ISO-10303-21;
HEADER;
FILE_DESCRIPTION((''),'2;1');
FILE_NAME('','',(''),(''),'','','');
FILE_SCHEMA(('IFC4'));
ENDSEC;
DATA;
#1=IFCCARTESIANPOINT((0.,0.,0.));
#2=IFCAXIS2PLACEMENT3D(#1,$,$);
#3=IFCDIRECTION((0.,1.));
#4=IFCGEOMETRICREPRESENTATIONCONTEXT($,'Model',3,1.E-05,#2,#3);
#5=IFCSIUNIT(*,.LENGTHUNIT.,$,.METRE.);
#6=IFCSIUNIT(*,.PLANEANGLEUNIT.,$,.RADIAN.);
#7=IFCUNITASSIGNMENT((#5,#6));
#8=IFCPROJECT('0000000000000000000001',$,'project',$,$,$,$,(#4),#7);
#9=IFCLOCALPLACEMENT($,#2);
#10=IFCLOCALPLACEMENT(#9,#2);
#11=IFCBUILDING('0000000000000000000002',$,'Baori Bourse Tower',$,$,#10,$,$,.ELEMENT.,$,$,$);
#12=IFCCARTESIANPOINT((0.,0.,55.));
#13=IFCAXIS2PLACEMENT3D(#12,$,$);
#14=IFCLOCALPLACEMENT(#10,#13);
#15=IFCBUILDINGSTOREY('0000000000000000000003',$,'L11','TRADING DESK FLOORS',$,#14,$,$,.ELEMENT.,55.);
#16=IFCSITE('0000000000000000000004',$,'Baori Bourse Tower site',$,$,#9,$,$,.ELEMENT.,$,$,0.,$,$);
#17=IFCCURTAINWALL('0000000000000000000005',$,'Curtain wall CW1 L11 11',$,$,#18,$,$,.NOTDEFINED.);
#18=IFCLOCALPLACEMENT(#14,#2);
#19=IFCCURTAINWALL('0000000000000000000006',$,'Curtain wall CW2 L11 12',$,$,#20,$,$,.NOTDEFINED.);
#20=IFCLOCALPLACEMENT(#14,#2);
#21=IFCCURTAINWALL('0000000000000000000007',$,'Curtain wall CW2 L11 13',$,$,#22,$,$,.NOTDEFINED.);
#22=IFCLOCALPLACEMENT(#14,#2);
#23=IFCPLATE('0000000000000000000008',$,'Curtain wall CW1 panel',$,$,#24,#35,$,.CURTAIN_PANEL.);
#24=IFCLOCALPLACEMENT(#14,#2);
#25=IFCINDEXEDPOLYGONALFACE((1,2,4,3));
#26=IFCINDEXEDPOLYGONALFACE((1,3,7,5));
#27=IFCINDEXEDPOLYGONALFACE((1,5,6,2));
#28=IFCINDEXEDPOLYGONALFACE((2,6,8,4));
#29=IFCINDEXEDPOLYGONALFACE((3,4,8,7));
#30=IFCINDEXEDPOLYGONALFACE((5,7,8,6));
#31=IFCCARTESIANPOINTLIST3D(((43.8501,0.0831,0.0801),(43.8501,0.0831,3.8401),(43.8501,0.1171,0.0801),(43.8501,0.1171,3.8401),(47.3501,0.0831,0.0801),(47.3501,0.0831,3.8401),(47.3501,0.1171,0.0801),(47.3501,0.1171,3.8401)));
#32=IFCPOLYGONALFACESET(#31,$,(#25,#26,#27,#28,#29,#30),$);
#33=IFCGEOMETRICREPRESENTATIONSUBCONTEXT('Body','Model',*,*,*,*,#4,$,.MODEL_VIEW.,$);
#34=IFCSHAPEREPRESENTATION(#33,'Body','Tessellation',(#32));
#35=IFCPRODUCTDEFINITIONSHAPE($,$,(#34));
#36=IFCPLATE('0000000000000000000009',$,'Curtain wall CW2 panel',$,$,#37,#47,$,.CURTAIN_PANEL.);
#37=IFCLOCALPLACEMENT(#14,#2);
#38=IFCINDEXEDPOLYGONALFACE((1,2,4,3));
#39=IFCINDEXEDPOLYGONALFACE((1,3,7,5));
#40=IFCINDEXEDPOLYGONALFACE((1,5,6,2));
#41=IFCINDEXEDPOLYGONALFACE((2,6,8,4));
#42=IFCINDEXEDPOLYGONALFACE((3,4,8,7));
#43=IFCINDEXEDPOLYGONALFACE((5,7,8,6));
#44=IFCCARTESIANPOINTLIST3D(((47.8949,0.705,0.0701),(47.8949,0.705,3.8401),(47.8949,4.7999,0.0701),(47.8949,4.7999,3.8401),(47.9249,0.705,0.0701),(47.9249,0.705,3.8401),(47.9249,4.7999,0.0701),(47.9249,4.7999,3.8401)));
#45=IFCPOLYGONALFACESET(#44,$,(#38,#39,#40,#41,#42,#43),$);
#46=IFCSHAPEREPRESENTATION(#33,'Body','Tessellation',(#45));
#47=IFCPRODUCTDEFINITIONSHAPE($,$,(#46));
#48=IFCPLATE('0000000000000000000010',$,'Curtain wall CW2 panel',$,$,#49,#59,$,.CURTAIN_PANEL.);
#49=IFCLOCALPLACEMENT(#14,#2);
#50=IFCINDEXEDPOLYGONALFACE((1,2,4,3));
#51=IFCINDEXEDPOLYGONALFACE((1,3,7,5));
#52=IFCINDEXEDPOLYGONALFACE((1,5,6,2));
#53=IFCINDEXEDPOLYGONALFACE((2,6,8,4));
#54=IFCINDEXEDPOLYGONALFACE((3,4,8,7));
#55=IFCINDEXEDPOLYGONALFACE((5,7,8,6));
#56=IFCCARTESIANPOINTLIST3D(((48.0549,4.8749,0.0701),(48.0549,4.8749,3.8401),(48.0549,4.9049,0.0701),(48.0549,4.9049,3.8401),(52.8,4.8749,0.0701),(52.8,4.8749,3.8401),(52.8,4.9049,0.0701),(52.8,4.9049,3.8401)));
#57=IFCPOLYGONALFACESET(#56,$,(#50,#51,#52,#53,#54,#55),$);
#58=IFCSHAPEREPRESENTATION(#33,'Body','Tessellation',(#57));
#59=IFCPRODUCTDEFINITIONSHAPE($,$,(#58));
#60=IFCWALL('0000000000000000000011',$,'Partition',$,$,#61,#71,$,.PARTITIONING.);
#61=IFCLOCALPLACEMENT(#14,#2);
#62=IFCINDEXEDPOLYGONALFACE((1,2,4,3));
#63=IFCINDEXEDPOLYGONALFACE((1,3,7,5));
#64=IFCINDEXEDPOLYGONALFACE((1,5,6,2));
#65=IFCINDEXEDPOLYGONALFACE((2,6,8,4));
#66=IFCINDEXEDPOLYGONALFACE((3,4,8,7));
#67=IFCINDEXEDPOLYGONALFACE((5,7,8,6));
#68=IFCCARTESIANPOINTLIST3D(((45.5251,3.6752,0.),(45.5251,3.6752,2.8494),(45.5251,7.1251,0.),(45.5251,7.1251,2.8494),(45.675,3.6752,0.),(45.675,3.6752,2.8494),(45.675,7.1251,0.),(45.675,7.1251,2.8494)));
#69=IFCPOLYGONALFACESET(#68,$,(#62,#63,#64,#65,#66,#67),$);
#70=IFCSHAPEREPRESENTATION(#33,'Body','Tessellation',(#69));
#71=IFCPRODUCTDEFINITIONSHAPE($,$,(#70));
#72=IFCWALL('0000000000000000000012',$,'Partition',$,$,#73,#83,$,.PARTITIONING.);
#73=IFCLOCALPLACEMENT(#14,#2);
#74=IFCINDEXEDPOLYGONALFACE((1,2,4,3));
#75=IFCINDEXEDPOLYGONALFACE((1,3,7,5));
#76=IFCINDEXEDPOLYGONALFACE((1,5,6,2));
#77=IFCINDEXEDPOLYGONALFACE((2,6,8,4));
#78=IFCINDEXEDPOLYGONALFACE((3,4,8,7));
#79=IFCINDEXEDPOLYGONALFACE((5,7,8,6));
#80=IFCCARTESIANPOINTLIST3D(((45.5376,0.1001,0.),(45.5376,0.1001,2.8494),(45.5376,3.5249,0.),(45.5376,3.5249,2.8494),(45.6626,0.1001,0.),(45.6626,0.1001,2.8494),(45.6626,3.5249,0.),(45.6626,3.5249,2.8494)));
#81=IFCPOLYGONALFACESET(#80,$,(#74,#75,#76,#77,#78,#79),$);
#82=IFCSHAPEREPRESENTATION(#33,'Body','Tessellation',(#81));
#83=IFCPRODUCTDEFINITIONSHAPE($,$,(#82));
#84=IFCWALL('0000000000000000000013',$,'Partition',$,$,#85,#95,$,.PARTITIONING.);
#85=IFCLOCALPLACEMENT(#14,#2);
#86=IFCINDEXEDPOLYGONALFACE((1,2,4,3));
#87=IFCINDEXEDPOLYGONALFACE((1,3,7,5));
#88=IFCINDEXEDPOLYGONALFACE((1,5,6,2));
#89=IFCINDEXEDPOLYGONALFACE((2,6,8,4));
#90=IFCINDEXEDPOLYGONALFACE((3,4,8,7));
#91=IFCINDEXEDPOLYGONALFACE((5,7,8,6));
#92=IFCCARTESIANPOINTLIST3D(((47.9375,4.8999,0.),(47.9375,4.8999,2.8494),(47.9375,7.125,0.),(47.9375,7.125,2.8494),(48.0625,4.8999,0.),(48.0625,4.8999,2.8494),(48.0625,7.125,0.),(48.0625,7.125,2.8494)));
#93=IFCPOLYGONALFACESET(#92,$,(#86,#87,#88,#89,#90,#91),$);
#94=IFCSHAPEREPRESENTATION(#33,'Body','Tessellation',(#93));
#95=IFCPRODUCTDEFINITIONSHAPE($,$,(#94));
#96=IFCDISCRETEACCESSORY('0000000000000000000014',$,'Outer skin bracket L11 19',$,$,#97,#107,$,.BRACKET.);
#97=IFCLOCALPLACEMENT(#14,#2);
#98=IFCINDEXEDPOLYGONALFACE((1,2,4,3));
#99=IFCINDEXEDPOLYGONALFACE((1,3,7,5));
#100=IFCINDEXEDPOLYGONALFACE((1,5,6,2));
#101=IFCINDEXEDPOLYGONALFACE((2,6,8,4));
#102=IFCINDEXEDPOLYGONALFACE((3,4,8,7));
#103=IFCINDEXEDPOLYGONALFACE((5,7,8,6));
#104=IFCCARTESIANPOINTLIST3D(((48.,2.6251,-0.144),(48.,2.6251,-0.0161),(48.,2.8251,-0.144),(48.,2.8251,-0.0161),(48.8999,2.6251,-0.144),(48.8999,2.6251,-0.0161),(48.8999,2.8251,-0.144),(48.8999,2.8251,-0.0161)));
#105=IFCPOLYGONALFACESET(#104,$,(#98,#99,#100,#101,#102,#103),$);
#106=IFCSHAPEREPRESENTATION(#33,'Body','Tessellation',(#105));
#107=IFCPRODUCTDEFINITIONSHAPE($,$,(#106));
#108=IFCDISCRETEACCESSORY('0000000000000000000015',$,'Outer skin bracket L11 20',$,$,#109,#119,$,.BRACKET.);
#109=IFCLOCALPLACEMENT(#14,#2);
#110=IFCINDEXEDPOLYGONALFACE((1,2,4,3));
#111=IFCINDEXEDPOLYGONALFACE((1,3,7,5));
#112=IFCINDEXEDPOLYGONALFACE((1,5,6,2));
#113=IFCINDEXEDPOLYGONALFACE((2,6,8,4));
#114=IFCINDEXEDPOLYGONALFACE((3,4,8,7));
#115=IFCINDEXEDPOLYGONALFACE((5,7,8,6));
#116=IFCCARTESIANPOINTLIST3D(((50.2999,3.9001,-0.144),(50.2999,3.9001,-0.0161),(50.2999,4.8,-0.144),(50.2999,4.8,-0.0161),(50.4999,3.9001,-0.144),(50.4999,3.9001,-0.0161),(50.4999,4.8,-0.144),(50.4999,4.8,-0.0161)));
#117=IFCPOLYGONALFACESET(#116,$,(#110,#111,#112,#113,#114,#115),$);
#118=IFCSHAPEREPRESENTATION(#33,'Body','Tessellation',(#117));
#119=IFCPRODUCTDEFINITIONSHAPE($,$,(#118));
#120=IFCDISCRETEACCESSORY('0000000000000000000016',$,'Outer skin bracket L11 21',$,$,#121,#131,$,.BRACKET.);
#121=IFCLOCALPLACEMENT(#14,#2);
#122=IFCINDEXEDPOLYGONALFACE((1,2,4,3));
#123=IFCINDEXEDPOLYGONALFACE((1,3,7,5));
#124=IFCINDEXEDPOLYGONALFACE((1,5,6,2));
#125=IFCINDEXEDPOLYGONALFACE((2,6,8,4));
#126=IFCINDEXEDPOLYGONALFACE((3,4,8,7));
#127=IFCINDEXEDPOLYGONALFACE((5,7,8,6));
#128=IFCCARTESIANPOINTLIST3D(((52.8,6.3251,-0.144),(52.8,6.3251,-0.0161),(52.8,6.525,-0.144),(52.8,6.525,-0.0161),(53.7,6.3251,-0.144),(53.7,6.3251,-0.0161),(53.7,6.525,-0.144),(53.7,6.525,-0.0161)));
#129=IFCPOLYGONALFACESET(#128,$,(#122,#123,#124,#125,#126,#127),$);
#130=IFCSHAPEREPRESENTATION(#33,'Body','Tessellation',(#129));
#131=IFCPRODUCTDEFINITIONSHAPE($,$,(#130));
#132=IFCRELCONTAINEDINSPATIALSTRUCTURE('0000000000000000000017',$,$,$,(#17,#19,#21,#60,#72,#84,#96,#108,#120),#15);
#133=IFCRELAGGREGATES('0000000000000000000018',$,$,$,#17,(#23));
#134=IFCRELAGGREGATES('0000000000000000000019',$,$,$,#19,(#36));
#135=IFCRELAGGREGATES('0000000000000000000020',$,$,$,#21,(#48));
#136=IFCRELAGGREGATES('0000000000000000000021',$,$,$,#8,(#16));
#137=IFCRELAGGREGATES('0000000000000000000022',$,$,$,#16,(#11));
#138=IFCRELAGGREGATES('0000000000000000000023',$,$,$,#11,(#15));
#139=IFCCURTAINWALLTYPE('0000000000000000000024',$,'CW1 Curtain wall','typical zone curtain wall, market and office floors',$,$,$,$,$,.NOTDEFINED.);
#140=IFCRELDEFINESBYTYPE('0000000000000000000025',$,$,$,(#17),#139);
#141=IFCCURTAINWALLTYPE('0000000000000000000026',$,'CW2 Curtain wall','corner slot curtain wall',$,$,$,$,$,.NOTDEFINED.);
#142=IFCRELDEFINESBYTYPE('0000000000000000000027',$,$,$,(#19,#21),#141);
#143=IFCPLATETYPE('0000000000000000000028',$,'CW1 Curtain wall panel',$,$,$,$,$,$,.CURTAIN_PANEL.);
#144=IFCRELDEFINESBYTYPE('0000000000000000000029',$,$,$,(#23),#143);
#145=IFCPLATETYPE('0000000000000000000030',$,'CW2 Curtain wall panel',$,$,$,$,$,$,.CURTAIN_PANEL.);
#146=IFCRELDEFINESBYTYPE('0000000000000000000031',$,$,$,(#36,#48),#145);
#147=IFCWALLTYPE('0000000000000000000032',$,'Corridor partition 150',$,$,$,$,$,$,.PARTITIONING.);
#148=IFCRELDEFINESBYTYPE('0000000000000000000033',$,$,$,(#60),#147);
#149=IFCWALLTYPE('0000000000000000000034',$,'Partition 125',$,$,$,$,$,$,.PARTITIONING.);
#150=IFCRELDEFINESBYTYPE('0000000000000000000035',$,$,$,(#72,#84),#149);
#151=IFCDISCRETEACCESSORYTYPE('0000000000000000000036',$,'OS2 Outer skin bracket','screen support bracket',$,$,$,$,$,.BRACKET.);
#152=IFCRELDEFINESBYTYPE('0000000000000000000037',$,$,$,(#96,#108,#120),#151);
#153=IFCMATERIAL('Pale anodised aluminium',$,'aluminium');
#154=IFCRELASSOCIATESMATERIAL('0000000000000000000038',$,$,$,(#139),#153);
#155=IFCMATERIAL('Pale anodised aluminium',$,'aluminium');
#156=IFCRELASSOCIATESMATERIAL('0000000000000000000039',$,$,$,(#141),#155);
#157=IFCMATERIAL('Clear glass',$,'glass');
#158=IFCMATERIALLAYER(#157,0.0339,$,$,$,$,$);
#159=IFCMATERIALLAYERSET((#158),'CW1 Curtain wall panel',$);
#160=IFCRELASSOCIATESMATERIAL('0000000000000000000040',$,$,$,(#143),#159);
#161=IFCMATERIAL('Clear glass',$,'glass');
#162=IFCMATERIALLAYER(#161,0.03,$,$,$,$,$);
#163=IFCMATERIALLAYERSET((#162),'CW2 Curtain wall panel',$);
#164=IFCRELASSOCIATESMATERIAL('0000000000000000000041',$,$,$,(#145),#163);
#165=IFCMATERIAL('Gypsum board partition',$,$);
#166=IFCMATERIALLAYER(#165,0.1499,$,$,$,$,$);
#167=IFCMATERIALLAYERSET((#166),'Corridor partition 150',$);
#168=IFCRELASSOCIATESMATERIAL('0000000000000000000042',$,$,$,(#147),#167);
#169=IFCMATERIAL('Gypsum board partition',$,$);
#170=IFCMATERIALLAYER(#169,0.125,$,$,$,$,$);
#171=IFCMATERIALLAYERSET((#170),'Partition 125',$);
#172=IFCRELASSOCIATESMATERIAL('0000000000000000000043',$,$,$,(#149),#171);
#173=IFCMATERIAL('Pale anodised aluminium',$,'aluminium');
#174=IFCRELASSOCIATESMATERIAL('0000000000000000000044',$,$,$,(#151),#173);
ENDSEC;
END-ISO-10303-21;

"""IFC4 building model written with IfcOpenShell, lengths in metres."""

from ifc_helpers import new_model, si_unit, direction, frame, frame_2d, origin, origin_2d, place, context, subcontext, project, spatial, rectangle, extrude, material, layer, layer_set, type_object, element, aggregate, save


model = new_model("IFC4")

# Units and contexts
model_context = context("Model", 3, precision=1e-05, world=origin(), true_north=direction((0.0, 1.0)))
body_context = subcontext(model_context, "Body", "Model", "MODEL_VIEW")
ifc_project = project(units=[si_unit("LENGTHUNIT", "METRE"), si_unit("PLANEANGLEUNIT", "RADIAN")], contexts=[model_context])

# Site, building, storey
site_placement = place(None, origin())
site = spatial("IfcSite", under=ifc_project, at=site_placement, Name="Baori Bourse Tower site", CompositionType="ELEMENT", RefElevation=0.0)
building_placement = place(site_placement, origin())
building = spatial("IfcBuilding", under=site, at=building_placement, Name="Baori Bourse Tower", CompositionType="ELEMENT")
storey_placement = place(building_placement, frame((0.0, 0.0, 55.0)))
storey = spatial("IfcBuildingStorey", under=building, at=storey_placement, Name="L11", Description="TRADING DESK FLOORS", CompositionType="ELEMENT", Elevation=55.0)

# Curtain walls
ifc_material_1 = material(Name="Pale anodised aluminium", Category="aluminium")
curtain_wall_type_1 = type_object("IfcCurtainWallType", Name="CW1 Curtain wall", Description="typical zone curtain wall, market and office floors", PredefinedType="NOTDEFINED", material=ifc_material_1)
curtain_wall_1_placement = place(storey_placement, origin())
curtain_wall_1 = element("IfcCurtainWall", 1, at=curtain_wall_1_placement, inside=storey, type_object=curtain_wall_type_1, Name="Curtain wall CW1 L11 11", PredefinedType="NOTDEFINED")
ifc_material_2 = material(Name="Pale anodised aluminium", Category="aluminium")
curtain_wall_type_2 = type_object("IfcCurtainWallType", Name="CW2 Curtain wall", Description="corner slot curtain wall", PredefinedType="NOTDEFINED", material=ifc_material_2)
curtain_wall_2_placement = place(storey_placement, origin())
curtain_wall_2 = element("IfcCurtainWall", 2, at=curtain_wall_2_placement, inside=storey, type_object=curtain_wall_type_2, Name="Curtain wall CW2 L11 12", PredefinedType="NOTDEFINED")
curtain_wall_3_placement = place(storey_placement, origin())
curtain_wall_3 = element("IfcCurtainWall", 3, at=curtain_wall_3_placement, inside=storey, type_object=curtain_wall_type_2, Name="Curtain wall CW2 L11 13", PredefinedType="NOTDEFINED")

# Plates
ifc_material_3 = material(Name="Clear glass", Category="glass")
ifc_layer_1 = layer(ifc_material_3, 0.0339)
ifc_layer_set_1 = layer_set([ifc_layer_1], Name="CW1 Curtain wall panel")
plate_type_1 = type_object("IfcPlateType", Name="CW1 Curtain wall panel", PredefinedType="CURTAIN_PANEL", material=ifc_layer_set_1)
plate_1_placement = place(storey_placement, frame((45.6001, 0.1001, 0.0801), z_axis=(0.0, 0.0, 1.0), x_axis=(1.0, 0.0, 0.0)))
plate_1 = element("IfcPlate", 4, at=plate_1_placement, type_object=plate_type_1, Name="Curtain wall CW1 panel", PredefinedType="CURTAIN_PANEL", context=body_context, shape_type="SweptSolid", body=[
    extrude(rectangle(XDim=3.5, YDim=0.0339, at=origin_2d()), origin(), (0.0, 0.0, 1.0), 3.76),
])
aggregate(curtain_wall_1, [plate_1])
ifc_material_4 = material(Name="Clear glass", Category="glass")
ifc_layer_2 = layer(ifc_material_4, 0.03)
ifc_layer_set_2 = layer_set([ifc_layer_2], Name="CW2 Curtain wall panel")
plate_type_2 = type_object("IfcPlateType", Name="CW2 Curtain wall panel", PredefinedType="CURTAIN_PANEL", material=ifc_layer_set_2)
plate_2_placement = place(storey_placement, frame((47.9099, 2.7524, 0.0701), z_axis=(0.0, 0.0, 1.0), x_axis=(0.0, 1.0, 0.0)))
plate_2 = element("IfcPlate", 5, at=plate_2_placement, type_object=plate_type_2, Name="Curtain wall CW2 panel", PredefinedType="CURTAIN_PANEL", context=body_context, shape_type="SweptSolid", body=[
    extrude(rectangle(XDim=4.095, YDim=0.03, at=origin_2d()), origin(), (0.0, 0.0, 1.0), 3.77),
])
aggregate(curtain_wall_2, [plate_2])
plate_3_placement = place(storey_placement, frame((50.4275, 4.8899, 0.0701), z_axis=(0.0, 0.0, 1.0), x_axis=(1.0, 0.0, 0.0)))
plate_3 = element("IfcPlate", 6, at=plate_3_placement, type_object=plate_type_2, Name="Curtain wall CW2 panel", PredefinedType="CURTAIN_PANEL", context=body_context, shape_type="SweptSolid", body=[
    extrude(rectangle(XDim=4.7451, YDim=0.03, at=origin_2d()), origin(), (0.0, 0.0, 1.0), 3.77),
])
aggregate(curtain_wall_3, [plate_3])

# Walls
ifc_material_5 = material(Name="Gypsum board partition")
ifc_layer_3 = layer(ifc_material_5, 0.1499)
ifc_layer_set_3 = layer_set([ifc_layer_3], Name="Corridor partition 150")
wall_type_1 = type_object("IfcWallType", Name="Corridor partition 150", PredefinedType="PARTITIONING", material=ifc_layer_set_3)
wall_1_placement = place(storey_placement, frame((45.6001, 3.675, 0.0), z_axis=(0.0, 0.0, 1.0), x_axis=(0.0, 1.0, 0.0)))
element("IfcWall", 7, at=wall_1_placement, inside=storey, type_object=wall_type_1, Name="Partition", PredefinedType="PARTITIONING", context=body_context, shape_type="SweptSolid", body=[
    extrude(rectangle(XDim=3.45, YDim=0.1499, at=frame_2d((1.7251, 0.0))), origin(), (0.0, 0.0, 1.0), 2.8494),
])
ifc_material_6 = material(Name="Gypsum board partition")
ifc_layer_4 = layer(ifc_material_6, 0.125)
ifc_layer_set_4 = layer_set([ifc_layer_4], Name="Partition 125")
wall_type_2 = type_object("IfcWallType", Name="Partition 125", PredefinedType="PARTITIONING", material=ifc_layer_set_4)
wall_2_placement = place(storey_placement, frame((45.6001, 0.1001, 0.0), z_axis=(0.0, 0.0, 1.0), x_axis=(0.0, 1.0, 0.0)))
element("IfcWall", 8, at=wall_2_placement, inside=storey, type_object=wall_type_2, Name="Partition", PredefinedType="PARTITIONING", context=body_context, shape_type="SweptSolid", body=[
    extrude(rectangle(XDim=3.4248, YDim=0.125, at=frame_2d((1.7124, 0.0))), origin(), (0.0, 0.0, 1.0), 2.8494),
])
wall_3_placement = place(storey_placement, frame((48.0, 4.8999, 0.0), z_axis=(0.0, 0.0, 1.0), x_axis=(0.0, 1.0, 0.0)))
element("IfcWall", 9, at=wall_3_placement, inside=storey, type_object=wall_type_2, Name="Partition", PredefinedType="PARTITIONING", context=body_context, shape_type="SweptSolid", body=[
    extrude(rectangle(XDim=2.2251, YDim=0.125, at=frame_2d((1.1125, 0.0))), origin(), (0.0, 0.0, 1.0), 2.8494),
])

# Discrete accessories
ifc_material_7 = material(Name="Pale anodised aluminium", Category="aluminium")
discrete_accessory_type = type_object("IfcDiscreteAccessoryType", Name="OS2 Outer skin bracket", Description="screen support bracket", PredefinedType="BRACKET", material=ifc_material_7)
for number, where, z_axis, x_axis, name in (
    (10, (48.45, 2.7251, -0.144), (0.0, 0.0, 1.0), (0.0, 1.0, 0.0), "Outer skin bracket L11 19"),
    (11, (50.3999, 4.3501, -0.144), (0.0, 0.0, 1.0), (1.0, 0.0, 0.0), "Outer skin bracket L11 20"),
    (12, (53.25, 6.425, -0.144), (0.0, 0.0, 1.0), (0.0, 1.0, 0.0), "Outer skin bracket L11 21"),
):
    element("IfcDiscreteAccessory", number, at=place(storey_placement, frame(where, z_axis=z_axis, x_axis=x_axis)), inside=storey, type_object=discrete_accessory_type, Name=name, PredefinedType="BRACKET", context=body_context, shape_type="SweptSolid", body=[
        extrude(rectangle(XDim=0.2, YDim=0.8999, at=origin_2d()), origin(), (0.0, 0.0, 1.0), 0.1279),
    ])

save(model, "model.ifc")
